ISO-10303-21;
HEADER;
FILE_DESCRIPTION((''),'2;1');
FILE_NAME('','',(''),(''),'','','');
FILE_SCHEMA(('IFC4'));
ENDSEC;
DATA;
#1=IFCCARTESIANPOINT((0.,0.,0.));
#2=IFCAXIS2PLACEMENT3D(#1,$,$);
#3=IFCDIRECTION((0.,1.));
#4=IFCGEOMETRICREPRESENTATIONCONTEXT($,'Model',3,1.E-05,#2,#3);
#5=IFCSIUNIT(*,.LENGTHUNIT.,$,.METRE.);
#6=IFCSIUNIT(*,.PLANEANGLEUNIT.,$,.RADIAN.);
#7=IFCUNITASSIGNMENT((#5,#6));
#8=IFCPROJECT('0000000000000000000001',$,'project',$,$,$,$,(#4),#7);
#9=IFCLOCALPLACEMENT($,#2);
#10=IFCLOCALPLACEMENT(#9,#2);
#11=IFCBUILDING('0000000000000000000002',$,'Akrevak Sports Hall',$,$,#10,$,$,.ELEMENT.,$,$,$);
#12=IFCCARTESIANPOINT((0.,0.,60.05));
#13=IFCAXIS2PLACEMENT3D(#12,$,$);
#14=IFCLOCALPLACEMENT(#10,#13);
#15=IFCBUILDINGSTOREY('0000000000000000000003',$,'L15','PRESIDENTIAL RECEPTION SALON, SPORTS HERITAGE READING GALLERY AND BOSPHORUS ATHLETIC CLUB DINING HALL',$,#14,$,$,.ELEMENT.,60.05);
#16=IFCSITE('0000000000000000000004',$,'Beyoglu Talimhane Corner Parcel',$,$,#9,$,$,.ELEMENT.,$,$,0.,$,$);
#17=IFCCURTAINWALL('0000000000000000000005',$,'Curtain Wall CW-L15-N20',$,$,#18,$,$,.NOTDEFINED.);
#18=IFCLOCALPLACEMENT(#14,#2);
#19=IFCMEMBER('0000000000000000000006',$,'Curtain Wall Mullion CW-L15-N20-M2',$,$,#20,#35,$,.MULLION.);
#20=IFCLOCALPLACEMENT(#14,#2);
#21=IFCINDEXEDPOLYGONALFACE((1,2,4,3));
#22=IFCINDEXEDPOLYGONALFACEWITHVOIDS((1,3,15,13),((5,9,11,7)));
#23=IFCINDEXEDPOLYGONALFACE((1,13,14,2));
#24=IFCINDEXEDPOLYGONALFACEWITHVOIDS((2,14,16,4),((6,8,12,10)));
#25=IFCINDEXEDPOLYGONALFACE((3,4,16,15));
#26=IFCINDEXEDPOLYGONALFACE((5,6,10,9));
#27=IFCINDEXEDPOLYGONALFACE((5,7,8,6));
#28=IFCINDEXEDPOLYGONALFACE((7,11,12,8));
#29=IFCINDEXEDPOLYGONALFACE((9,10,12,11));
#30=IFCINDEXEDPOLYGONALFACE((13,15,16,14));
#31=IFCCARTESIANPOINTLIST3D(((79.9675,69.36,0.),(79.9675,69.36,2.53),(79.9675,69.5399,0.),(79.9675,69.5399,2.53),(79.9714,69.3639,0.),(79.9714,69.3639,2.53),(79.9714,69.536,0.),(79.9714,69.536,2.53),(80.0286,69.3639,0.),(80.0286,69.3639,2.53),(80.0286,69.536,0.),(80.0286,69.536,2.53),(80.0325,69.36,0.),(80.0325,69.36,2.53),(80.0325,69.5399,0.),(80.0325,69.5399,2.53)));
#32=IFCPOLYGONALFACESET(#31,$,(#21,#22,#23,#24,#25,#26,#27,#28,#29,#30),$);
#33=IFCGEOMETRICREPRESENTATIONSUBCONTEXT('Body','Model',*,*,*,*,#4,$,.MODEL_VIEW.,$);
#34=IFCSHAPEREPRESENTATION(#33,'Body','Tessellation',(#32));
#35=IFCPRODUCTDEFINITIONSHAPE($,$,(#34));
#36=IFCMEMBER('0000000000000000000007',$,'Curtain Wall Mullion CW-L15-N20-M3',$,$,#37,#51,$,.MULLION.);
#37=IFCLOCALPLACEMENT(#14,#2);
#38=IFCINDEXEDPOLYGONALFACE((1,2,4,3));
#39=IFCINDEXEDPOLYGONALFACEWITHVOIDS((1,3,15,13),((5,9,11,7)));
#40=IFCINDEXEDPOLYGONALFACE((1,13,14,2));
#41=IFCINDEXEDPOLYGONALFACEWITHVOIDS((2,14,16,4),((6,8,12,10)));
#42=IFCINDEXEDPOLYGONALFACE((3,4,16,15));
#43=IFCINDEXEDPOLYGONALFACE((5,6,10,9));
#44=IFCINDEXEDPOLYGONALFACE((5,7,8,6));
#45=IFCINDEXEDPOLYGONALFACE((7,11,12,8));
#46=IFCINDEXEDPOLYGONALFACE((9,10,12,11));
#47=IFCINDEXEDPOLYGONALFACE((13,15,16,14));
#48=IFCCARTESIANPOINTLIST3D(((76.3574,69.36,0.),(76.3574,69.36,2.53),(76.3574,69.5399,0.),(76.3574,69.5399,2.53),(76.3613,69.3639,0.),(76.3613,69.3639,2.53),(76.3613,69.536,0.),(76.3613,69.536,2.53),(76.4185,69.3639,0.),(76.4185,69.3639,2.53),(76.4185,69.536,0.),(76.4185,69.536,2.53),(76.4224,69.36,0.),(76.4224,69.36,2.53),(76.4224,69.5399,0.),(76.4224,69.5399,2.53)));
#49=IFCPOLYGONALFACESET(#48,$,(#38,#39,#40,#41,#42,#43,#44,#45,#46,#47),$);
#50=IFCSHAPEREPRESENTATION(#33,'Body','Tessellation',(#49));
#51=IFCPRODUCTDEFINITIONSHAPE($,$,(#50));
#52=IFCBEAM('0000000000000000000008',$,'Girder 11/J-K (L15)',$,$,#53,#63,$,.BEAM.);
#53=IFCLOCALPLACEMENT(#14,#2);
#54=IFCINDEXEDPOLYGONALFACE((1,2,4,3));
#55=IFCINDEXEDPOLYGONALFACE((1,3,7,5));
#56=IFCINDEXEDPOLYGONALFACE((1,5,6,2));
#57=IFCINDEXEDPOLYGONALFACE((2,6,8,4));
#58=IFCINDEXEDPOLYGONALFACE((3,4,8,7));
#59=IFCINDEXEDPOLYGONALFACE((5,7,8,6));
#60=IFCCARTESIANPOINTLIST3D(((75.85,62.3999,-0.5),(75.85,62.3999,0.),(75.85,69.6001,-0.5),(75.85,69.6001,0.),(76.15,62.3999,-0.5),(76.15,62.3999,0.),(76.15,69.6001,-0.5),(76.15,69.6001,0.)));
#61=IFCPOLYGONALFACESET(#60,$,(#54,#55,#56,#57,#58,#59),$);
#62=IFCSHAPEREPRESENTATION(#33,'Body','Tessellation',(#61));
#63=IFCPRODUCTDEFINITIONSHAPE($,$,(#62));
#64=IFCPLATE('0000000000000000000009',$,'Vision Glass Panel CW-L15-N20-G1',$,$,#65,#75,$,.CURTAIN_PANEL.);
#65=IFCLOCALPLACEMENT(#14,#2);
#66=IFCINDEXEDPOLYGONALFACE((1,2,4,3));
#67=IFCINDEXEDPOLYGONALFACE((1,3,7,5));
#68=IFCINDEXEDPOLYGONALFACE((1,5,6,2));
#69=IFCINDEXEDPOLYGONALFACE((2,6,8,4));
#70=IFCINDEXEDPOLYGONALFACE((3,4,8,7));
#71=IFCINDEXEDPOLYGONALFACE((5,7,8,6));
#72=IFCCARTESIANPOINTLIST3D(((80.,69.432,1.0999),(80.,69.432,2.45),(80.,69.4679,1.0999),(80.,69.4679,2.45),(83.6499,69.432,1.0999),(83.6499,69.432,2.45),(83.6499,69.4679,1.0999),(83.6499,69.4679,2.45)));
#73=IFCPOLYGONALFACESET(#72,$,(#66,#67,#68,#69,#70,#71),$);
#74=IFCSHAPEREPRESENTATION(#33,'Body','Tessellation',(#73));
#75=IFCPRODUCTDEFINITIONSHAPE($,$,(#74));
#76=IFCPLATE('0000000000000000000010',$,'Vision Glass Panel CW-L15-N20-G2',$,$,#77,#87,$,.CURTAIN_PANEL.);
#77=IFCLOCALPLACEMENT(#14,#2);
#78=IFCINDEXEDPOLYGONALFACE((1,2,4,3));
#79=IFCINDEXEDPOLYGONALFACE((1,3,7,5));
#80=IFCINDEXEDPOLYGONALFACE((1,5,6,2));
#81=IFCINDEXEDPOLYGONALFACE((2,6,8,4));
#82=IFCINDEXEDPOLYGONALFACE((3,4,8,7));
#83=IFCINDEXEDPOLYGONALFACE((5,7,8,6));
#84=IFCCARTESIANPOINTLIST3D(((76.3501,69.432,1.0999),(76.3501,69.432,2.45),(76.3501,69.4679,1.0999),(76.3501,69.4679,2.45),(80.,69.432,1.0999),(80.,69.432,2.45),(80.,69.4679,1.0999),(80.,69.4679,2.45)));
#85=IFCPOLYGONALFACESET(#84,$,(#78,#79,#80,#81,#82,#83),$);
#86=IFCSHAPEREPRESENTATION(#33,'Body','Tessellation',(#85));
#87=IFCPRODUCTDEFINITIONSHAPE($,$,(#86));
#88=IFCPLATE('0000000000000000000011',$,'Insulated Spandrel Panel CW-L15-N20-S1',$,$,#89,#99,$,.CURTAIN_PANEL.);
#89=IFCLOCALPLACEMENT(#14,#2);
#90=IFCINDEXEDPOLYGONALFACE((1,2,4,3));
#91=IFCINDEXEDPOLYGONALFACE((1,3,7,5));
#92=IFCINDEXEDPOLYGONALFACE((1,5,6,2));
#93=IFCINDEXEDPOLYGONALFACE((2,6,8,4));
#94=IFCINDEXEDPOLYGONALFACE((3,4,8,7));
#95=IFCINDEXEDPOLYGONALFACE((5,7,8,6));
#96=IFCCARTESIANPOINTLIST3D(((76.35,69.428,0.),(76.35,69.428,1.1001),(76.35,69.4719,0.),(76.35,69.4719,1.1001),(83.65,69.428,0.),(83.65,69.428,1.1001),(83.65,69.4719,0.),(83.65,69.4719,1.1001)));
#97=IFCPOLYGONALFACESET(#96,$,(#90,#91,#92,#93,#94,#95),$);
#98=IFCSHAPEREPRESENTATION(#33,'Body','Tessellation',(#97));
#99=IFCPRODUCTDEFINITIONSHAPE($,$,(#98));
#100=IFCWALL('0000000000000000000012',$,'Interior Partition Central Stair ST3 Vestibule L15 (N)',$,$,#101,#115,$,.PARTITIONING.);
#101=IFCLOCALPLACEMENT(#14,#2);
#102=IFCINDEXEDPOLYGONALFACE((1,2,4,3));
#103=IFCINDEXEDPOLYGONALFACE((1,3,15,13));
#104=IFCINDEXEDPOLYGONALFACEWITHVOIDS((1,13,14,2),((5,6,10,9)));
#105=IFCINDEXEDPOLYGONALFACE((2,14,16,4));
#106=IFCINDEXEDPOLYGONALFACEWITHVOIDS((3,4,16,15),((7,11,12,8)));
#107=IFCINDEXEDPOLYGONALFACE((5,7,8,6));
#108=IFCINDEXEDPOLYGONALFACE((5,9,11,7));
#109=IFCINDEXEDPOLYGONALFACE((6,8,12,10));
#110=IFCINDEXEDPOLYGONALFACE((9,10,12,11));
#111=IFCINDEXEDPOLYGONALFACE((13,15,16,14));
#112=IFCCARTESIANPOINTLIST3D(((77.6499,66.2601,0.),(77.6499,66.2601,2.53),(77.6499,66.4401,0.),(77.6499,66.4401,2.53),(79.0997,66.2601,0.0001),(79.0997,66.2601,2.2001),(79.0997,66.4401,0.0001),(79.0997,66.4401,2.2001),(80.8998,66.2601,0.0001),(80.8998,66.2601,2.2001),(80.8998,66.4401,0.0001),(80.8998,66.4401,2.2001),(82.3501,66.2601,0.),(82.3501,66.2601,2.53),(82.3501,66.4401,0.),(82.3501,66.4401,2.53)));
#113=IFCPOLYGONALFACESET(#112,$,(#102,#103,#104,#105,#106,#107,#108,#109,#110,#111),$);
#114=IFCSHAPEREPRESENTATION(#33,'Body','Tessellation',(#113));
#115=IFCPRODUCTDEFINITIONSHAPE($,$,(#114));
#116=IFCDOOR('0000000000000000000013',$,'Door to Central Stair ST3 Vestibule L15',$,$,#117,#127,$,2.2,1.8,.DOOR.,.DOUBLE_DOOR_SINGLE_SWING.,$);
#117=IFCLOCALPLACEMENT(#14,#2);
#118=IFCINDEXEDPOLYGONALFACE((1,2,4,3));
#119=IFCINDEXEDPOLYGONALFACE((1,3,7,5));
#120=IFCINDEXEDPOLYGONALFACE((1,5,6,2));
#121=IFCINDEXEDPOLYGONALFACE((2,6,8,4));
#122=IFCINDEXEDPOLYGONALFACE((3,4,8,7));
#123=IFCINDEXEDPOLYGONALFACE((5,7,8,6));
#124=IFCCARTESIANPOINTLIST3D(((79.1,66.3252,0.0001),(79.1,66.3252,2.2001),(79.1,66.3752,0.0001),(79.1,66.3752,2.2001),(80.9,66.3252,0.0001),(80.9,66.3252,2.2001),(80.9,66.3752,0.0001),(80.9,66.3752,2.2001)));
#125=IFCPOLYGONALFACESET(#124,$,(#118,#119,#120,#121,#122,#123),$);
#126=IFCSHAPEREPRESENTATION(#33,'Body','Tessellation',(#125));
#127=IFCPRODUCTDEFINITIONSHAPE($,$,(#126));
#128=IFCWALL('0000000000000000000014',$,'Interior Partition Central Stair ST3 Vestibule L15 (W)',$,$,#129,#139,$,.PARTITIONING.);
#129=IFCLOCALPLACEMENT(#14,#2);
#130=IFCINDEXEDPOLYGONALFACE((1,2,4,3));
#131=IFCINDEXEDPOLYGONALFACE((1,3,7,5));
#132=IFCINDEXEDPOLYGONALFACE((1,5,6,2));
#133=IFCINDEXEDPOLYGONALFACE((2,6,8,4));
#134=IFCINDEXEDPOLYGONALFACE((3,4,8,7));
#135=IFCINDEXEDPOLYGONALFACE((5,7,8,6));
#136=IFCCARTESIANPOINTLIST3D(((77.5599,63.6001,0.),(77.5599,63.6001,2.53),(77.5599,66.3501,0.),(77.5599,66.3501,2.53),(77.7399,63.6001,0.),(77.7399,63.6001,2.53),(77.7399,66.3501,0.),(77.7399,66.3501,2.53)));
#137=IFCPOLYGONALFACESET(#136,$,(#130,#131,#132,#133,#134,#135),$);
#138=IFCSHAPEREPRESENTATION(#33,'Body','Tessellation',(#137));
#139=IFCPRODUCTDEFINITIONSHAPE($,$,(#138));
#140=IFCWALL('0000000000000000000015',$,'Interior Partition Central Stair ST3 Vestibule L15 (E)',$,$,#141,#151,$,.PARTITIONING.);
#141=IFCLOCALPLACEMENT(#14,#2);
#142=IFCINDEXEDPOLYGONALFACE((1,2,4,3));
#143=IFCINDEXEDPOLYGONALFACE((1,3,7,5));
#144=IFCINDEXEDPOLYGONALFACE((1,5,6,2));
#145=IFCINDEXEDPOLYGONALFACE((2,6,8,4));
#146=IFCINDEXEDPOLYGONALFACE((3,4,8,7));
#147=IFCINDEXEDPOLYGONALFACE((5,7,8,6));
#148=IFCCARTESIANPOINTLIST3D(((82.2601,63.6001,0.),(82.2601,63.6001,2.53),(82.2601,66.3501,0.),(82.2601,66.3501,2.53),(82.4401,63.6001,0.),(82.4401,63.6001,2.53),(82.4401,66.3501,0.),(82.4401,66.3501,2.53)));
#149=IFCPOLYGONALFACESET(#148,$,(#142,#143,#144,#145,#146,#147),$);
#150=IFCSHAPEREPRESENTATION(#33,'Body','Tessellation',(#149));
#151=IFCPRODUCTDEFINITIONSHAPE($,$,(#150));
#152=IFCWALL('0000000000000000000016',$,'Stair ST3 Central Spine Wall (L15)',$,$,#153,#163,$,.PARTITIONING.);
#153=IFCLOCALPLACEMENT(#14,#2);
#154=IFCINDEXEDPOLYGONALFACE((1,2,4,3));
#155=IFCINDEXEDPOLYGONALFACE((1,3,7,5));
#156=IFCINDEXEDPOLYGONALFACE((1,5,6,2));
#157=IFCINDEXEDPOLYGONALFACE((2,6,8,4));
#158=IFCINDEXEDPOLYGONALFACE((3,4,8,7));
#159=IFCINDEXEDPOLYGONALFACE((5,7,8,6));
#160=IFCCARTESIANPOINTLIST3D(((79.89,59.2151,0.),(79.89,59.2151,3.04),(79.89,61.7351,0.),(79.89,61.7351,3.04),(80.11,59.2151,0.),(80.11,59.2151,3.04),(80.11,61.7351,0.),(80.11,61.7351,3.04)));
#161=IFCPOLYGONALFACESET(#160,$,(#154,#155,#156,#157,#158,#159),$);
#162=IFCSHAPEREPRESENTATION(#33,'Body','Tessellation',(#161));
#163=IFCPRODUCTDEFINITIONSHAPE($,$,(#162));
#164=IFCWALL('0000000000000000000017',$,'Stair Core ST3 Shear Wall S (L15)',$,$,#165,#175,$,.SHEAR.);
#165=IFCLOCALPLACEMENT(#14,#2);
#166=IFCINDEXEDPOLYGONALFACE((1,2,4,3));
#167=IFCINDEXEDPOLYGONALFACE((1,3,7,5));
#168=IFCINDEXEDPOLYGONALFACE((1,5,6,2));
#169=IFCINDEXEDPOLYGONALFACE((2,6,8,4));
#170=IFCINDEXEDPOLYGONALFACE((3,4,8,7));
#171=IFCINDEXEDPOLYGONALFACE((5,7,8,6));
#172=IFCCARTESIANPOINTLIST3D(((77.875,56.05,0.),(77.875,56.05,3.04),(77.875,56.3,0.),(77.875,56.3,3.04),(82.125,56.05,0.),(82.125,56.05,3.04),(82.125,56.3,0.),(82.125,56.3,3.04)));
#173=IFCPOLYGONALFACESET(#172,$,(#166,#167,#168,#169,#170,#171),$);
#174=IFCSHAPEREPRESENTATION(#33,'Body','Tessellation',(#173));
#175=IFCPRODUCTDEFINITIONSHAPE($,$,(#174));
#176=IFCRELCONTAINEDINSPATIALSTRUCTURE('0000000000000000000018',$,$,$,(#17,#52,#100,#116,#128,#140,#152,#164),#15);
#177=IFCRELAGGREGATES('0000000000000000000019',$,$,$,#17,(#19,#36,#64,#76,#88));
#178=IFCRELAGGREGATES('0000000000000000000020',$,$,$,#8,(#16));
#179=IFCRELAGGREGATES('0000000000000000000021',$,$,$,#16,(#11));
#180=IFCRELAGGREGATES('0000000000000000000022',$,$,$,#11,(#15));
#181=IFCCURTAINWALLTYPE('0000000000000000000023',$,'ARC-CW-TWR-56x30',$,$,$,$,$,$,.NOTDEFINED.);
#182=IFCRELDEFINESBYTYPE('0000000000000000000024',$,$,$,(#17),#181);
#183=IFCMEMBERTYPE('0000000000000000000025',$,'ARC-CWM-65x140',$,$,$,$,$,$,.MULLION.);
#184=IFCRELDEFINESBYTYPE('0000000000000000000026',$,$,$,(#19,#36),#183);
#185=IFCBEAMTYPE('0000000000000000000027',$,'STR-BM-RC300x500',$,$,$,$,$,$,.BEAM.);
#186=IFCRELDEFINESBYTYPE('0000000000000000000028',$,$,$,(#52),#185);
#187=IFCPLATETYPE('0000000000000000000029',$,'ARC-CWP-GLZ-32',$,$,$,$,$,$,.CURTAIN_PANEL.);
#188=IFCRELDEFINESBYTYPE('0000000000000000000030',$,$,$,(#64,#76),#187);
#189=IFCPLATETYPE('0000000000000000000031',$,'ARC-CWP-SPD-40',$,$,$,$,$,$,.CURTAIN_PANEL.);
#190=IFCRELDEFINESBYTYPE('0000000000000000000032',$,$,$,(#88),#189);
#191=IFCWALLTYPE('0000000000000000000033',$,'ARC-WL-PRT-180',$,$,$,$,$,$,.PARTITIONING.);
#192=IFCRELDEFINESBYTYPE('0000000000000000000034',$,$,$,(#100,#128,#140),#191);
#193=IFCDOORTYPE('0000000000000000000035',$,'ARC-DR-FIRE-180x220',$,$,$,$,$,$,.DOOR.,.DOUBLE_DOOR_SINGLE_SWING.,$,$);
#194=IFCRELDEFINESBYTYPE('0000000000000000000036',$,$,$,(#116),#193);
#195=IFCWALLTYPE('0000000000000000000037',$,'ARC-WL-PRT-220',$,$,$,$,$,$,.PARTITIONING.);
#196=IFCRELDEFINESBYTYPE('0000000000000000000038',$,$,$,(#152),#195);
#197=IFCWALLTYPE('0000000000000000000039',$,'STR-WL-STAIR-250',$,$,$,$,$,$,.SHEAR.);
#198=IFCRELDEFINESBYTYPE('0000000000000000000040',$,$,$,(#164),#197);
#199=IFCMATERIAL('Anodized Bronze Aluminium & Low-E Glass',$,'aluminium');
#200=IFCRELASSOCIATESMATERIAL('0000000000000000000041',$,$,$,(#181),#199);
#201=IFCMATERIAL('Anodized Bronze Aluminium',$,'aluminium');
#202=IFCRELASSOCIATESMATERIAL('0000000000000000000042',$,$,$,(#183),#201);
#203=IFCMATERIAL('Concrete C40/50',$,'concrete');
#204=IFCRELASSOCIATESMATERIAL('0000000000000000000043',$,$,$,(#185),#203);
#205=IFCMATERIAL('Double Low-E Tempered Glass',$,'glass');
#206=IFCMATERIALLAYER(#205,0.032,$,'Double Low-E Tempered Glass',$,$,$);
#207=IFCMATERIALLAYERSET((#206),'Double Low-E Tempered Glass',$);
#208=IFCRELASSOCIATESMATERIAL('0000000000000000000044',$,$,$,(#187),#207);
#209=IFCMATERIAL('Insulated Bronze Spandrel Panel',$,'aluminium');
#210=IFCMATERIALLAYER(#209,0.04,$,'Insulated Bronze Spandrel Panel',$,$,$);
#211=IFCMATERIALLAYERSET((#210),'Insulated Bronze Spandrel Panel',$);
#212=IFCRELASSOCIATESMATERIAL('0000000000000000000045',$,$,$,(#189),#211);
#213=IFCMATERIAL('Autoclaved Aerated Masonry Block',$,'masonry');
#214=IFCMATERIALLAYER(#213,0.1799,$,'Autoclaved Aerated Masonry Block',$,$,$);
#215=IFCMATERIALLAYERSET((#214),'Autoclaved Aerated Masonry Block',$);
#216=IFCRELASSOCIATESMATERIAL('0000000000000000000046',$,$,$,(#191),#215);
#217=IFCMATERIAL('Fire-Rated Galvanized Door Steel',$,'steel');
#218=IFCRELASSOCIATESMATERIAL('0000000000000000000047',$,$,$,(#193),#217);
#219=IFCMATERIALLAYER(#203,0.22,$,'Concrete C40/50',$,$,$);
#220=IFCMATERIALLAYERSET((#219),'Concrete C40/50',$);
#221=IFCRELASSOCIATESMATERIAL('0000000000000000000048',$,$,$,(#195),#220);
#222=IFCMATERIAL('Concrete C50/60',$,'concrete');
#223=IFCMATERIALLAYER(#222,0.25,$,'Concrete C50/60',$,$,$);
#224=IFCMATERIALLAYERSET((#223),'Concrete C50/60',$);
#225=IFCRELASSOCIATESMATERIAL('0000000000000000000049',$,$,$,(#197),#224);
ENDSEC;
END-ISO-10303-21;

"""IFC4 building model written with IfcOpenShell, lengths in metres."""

from ifc_helpers import new_model, si_unit, direction, frame, frame_2d, origin, origin_2d, place, context, subcontext, project, spatial, rectangle, hollow_rectangle, extrude, material, layer, layer_set, material_profile, profile_set, type_object, element, fill, aggregate, save


model = new_model("IFC4")

# Units and contexts
model_context = context("Model", 3, precision=1e-05, world=origin(), true_north=direction((0.0, 1.0)))
body_context = subcontext(model_context, "Body", "Model", "MODEL_VIEW")
ifc_project = project(units=[si_unit("LENGTHUNIT", "METRE"), si_unit("PLANEANGLEUNIT", "RADIAN")], contexts=[model_context])

# Site, building, storey
site_placement = place(None, origin())
site = spatial("IfcSite", under=ifc_project, at=site_placement, Name="Beyoglu Talimhane Corner Parcel", CompositionType="ELEMENT", RefElevation=0.0)
building_placement = place(site_placement, origin())
building = spatial("IfcBuilding", under=site, at=building_placement, Name="Akrevak Sports Hall", CompositionType="ELEMENT")
storey_placement = place(building_placement, frame((0.0, 0.0, 60.05)))
storey = spatial("IfcBuildingStorey", under=building, at=storey_placement, Name="L15", Description="PRESIDENTIAL RECEPTION SALON, SPORTS HERITAGE READING GALLERY AND BOSPHORUS ATHLETIC CLUB DINING HALL", CompositionType="ELEMENT", Elevation=60.05)

# Curtain wall, members
ifc_material_1 = material(Name="Anodized Bronze Aluminium & Low-E Glass", Category="aluminium")
curtain_wall_type = type_object("IfcCurtainWallType", Name="ARC-CW-TWR-56x30", PredefinedType="NOTDEFINED", material=ifc_material_1)
curtain_wall_placement = place(storey_placement, origin())
curtain_wall = element("IfcCurtainWall", 1, at=curtain_wall_placement, inside=storey, type_object=curtain_wall_type, Name="Curtain Wall CW-L15-N20", PredefinedType="NOTDEFINED")
ifc_material_2 = material(Name="Anodized Bronze Aluminium", Category="aluminium")
ifc_material_profile_1 = material_profile(ifc_material_2, hollow_rectangle(XDim=0.0649, YDim=0.1799, WallThickness=0.0039, at=origin_2d()), Name="CWM 65x180", Category="aluminium")
ifc_profile_set_1 = profile_set([ifc_material_profile_1], Name="Anodized Bronze Aluminium")
member_type = type_object("IfcMemberType", Name="ARC-CWM-65x140", PredefinedType="MULLION", material=ifc_profile_set_1)
member_1_placement = place(storey_placement, frame((80.0, 69.45, 0.0), z_axis=(0.0, 0.0, 1.0), x_axis=(-1.0, 0.0, 0.0)))
member_1 = element("IfcMember", 2, at=member_1_placement, type_object=member_type, Name="Curtain Wall Mullion CW-L15-N20-M2", PredefinedType="MULLION", context=body_context, shape_type="SweptSolid", body=[
    extrude(hollow_rectangle(XDim=0.0649, YDim=0.1799, WallThickness=0.0039, at=origin_2d()), origin(), (0.0, 0.0, 1.0), 2.53),
])
member_2_placement = place(storey_placement, frame((76.3899, 69.45, 0.0), z_axis=(0.0, 0.0, 1.0), x_axis=(-1.0, 0.0, 0.0)))
member_2 = element("IfcMember", 3, at=member_2_placement, type_object=member_type, Name="Curtain Wall Mullion CW-L15-N20-M3", PredefinedType="MULLION", context=body_context, shape_type="SweptSolid", body=[
    extrude(hollow_rectangle(XDim=0.0649, YDim=0.1799, WallThickness=0.0039, at=origin_2d()), origin(), (0.0, 0.0, 1.0), 2.53),
])

# Beam
ifc_material_3 = material(Name="Concrete C40/50", Category="concrete")
ifc_material_profile_2 = material_profile(ifc_material_3, rectangle(XDim=0.3, YDim=0.5, at=origin_2d()), Name="BM 300x500", Category="concrete")
ifc_profile_set_2 = profile_set([ifc_material_profile_2], Name="Concrete C40/50")
beam_type = type_object("IfcBeamType", Name="STR-BM-RC300x500", PredefinedType="BEAM", material=ifc_profile_set_2)
beam_placement = place(storey_placement, frame((76.0, 62.3999, -0.25), z_axis=(0.0, 1.0, 0.0), x_axis=(-1.0, 0.0, 0.0)))
element("IfcBeam", 4, at=beam_placement, inside=storey, type_object=beam_type, Name="Girder 11/J-K (L15)", PredefinedType="BEAM", context=body_context, shape_type="SweptSolid", body=[
    extrude(rectangle(XDim=0.3, YDim=0.5, at=origin_2d()), origin(), (0.0, 0.0, 1.0), 7.2002),
])

# Plates
ifc_material_4 = material(Name="Double Low-E Tempered Glass", Category="glass")
ifc_layer_1 = layer(ifc_material_4, 0.032, Name="Double Low-E Tempered Glass")
ifc_layer_set_1 = layer_set([ifc_layer_1], Name="Double Low-E Tempered Glass")
plate_type_1 = type_object("IfcPlateType", Name="ARC-CWP-GLZ-32", PredefinedType="CURTAIN_PANEL", material=ifc_layer_set_1)
plate_1_placement = place(storey_placement, frame((81.825, 69.45, 1.0999), z_axis=(0.0, 0.0, 1.0), x_axis=(-1.0, 0.0, 0.0)))
plate_1 = element("IfcPlate", 5, at=plate_1_placement, type_object=plate_type_1, Name="Vision Glass Panel CW-L15-N20-G1", PredefinedType="CURTAIN_PANEL", context=body_context, shape_type="SweptSolid", body=[
    extrude(rectangle(XDim=3.6499, YDim=0.0359, at=origin_2d()), origin(), (0.0, 0.0, 1.0), 1.3501),
])
plate_2_placement = place(storey_placement, frame((78.175, 69.45, 1.0999), z_axis=(0.0, 0.0, 1.0), x_axis=(-1.0, 0.0, 0.0)))
plate_2 = element("IfcPlate", 6, at=plate_2_placement, type_object=plate_type_1, Name="Vision Glass Panel CW-L15-N20-G2", PredefinedType="CURTAIN_PANEL", context=body_context, shape_type="SweptSolid", body=[
    extrude(rectangle(XDim=3.6499, YDim=0.0359, at=origin_2d()), origin(), (0.0, 0.0, 1.0), 1.3501),
])
ifc_material_5 = material(Name="Insulated Bronze Spandrel Panel", Category="aluminium")
ifc_layer_2 = layer(ifc_material_5, 0.04, Name="Insulated Bronze Spandrel Panel")
ifc_layer_set_2 = layer_set([ifc_layer_2], Name="Insulated Bronze Spandrel Panel")
plate_type_2 = type_object("IfcPlateType", Name="ARC-CWP-SPD-40", PredefinedType="CURTAIN_PANEL", material=ifc_layer_set_2)
plate_3_placement = place(storey_placement, frame((80.0, 69.45, 0.0), z_axis=(0.0, 0.0, 1.0), x_axis=(-1.0, 0.0, 0.0)))
plate_3 = element("IfcPlate", 7, at=plate_3_placement, type_object=plate_type_2, Name="Insulated Spandrel Panel CW-L15-N20-S1", PredefinedType="CURTAIN_PANEL", context=body_context, shape_type="SweptSolid", body=[
    extrude(rectangle(XDim=7.3, YDim=0.0439, at=origin_2d()), origin(), (0.0, 0.0, 1.0), 1.1001),
])
aggregate(curtain_wall, [member_1, member_2, plate_1, plate_2, plate_3])

# Wall, opening, door
ifc_material_6 = material(Name="Autoclaved Aerated Masonry Block", Category="masonry")
ifc_layer_3 = layer(ifc_material_6, 0.1799, Name="Autoclaved Aerated Masonry Block")
ifc_layer_set_3 = layer_set([ifc_layer_3], Name="Autoclaved Aerated Masonry Block")
wall_type_1 = type_object("IfcWallType", Name="ARC-WL-PRT-180", PredefinedType="PARTITIONING", material=ifc_layer_set_3)
wall_1_placement = place(storey_placement, frame((77.6499, 66.3501, 0.0), z_axis=(0.0, 0.0, 1.0), x_axis=(1.0, 0.0, 0.0)))
wall_1 = element("IfcWall", 8, at=wall_1_placement, inside=storey, type_object=wall_type_1, Name="Interior Partition Central Stair ST3 Vestibule L15 (N)", PredefinedType="PARTITIONING", context=body_context, shape_type="SweptSolid", body=[
    extrude(rectangle(XDim=4.7002, YDim=0.1799, at=frame_2d((2.3501, 0.0))), origin(), (0.0, 0.0, 1.0), 2.53),
])
opening_1_placement = place(wall_1_placement, frame((1.45, 0.0, 0.0)))
opening_1 = element("IfcOpeningElement", 9, at=opening_1_placement, cuts=wall_1, PredefinedType="OPENING", context=body_context, shape_type="SweptSolid", body=[
    extrude(rectangle(XDim=1.8, YDim=2.2, at=frame_2d((0.8999, 1.1001))), frame((0.0, 0.1021, 0.0), z_axis=(0.0, -1.0, 0.0), x_axis=(1.0, 0.0, 0.0)), (0.0, 0.0, 1.0), 0.2039),
])
ifc_material_7 = material(Name="Fire-Rated Galvanized Door Steel", Category="steel")
door_type_1 = type_object("IfcDoorType", Name="ARC-DR-FIRE-180x220", OperationType="DOUBLE_DOOR_SINGLE_SWING", PredefinedType="DOOR", material=ifc_material_7)
door_1_placement = place(opening_1_placement, frame((1.8, 0.0, 0.0), z_axis=(0.0, 0.0, 1.0), x_axis=(-1.0, 0.0, 0.0)))
door_1 = element("IfcDoor", 10, at=door_1_placement, inside=storey, type_object=door_type_1, Name="Door to Central Stair ST3 Vestibule L15", OperationType="DOUBLE_DOOR_SINGLE_SWING", OverallHeight=2.2, OverallWidth=1.8, PredefinedType="DOOR", context=body_context, shape_type="SweptSolid", body=[
    extrude(rectangle(XDim=1.8, YDim=2.2, at=frame_2d((0.8999, 1.1001))), frame((0.0, 0.0249, 0.0), z_axis=(0.0, -1.0, 0.0), x_axis=(1.0, 0.0, 0.0)), (0.0, 0.0, 1.0), 0.05),
])
fill(opening_1, door_1)

# Walls
for number, where, z_axis, x_axis, name in (
    (11, (77.6499, 63.6001, 0.0), (0.0, 0.0, 1.0), (0.0, 1.0, 0.0), "Interior Partition Central Stair ST3 Vestibule L15 (W)"),
    (12, (82.3501, 63.6001, 0.0), (0.0, 0.0, 1.0), (0.0, 1.0, 0.0), "Interior Partition Central Stair ST3 Vestibule L15 (E)"),
):
    element("IfcWall", number, at=place(storey_placement, frame(where, z_axis=z_axis, x_axis=x_axis)), inside=storey, type_object=wall_type_1, Name=name, PredefinedType="PARTITIONING", context=body_context, shape_type="SweptSolid", body=[
        extrude(rectangle(XDim=2.75, YDim=0.1799, at=frame_2d((1.375, 0.0))), origin(), (0.0, 0.0, 1.0), 2.53),
    ])
ifc_layer_4 = layer(ifc_material_3, 0.22, Name="Concrete C40/50")
ifc_layer_set_4 = layer_set([ifc_layer_4], Name="Concrete C40/50")
wall_type_2 = type_object("IfcWallType", Name="ARC-WL-PRT-220", PredefinedType="PARTITIONING", material=ifc_layer_set_4)
wall_2_placement = place(storey_placement, frame((80.0, 59.2151, 0.0), z_axis=(0.0, 0.0, 1.0), x_axis=(0.0, 1.0, 0.0)))
element("IfcWall", 13, at=wall_2_placement, inside=storey, type_object=wall_type_2, Name="Stair ST3 Central Spine Wall (L15)", PredefinedType="PARTITIONING", context=body_context, shape_type="SweptSolid", body=[
    extrude(rectangle(XDim=2.52, YDim=0.22, at=frame_2d((1.26, 0.0))), origin(), (0.0, 0.0, 1.0), 3.04),
])
ifc_material_8 = material(Name="Concrete C50/60", Category="concrete")
ifc_layer_5 = layer(ifc_material_8, 0.25, Name="Concrete C50/60")
ifc_layer_set_5 = layer_set([ifc_layer_5], Name="Concrete C50/60")
wall_type_3 = type_object("IfcWallType", Name="STR-WL-STAIR-250", PredefinedType="SHEAR", material=ifc_layer_set_5)
wall_3_placement = place(storey_placement, frame((77.875, 56.175, 0.0), z_axis=(0.0, 0.0, 1.0), x_axis=(1.0, 0.0, 0.0)))
element("IfcWall", 14, at=wall_3_placement, inside=storey, type_object=wall_type_3, Name="Stair Core ST3 Shear Wall S (L15)", PredefinedType="SHEAR", context=body_context, shape_type="SweptSolid", body=[
    extrude(rectangle(XDim=4.25, YDim=0.25, at=frame_2d((2.125, 0.0))), origin(), (0.0, 0.0, 1.0), 3.04),
])

save(model, "model.ifc")
